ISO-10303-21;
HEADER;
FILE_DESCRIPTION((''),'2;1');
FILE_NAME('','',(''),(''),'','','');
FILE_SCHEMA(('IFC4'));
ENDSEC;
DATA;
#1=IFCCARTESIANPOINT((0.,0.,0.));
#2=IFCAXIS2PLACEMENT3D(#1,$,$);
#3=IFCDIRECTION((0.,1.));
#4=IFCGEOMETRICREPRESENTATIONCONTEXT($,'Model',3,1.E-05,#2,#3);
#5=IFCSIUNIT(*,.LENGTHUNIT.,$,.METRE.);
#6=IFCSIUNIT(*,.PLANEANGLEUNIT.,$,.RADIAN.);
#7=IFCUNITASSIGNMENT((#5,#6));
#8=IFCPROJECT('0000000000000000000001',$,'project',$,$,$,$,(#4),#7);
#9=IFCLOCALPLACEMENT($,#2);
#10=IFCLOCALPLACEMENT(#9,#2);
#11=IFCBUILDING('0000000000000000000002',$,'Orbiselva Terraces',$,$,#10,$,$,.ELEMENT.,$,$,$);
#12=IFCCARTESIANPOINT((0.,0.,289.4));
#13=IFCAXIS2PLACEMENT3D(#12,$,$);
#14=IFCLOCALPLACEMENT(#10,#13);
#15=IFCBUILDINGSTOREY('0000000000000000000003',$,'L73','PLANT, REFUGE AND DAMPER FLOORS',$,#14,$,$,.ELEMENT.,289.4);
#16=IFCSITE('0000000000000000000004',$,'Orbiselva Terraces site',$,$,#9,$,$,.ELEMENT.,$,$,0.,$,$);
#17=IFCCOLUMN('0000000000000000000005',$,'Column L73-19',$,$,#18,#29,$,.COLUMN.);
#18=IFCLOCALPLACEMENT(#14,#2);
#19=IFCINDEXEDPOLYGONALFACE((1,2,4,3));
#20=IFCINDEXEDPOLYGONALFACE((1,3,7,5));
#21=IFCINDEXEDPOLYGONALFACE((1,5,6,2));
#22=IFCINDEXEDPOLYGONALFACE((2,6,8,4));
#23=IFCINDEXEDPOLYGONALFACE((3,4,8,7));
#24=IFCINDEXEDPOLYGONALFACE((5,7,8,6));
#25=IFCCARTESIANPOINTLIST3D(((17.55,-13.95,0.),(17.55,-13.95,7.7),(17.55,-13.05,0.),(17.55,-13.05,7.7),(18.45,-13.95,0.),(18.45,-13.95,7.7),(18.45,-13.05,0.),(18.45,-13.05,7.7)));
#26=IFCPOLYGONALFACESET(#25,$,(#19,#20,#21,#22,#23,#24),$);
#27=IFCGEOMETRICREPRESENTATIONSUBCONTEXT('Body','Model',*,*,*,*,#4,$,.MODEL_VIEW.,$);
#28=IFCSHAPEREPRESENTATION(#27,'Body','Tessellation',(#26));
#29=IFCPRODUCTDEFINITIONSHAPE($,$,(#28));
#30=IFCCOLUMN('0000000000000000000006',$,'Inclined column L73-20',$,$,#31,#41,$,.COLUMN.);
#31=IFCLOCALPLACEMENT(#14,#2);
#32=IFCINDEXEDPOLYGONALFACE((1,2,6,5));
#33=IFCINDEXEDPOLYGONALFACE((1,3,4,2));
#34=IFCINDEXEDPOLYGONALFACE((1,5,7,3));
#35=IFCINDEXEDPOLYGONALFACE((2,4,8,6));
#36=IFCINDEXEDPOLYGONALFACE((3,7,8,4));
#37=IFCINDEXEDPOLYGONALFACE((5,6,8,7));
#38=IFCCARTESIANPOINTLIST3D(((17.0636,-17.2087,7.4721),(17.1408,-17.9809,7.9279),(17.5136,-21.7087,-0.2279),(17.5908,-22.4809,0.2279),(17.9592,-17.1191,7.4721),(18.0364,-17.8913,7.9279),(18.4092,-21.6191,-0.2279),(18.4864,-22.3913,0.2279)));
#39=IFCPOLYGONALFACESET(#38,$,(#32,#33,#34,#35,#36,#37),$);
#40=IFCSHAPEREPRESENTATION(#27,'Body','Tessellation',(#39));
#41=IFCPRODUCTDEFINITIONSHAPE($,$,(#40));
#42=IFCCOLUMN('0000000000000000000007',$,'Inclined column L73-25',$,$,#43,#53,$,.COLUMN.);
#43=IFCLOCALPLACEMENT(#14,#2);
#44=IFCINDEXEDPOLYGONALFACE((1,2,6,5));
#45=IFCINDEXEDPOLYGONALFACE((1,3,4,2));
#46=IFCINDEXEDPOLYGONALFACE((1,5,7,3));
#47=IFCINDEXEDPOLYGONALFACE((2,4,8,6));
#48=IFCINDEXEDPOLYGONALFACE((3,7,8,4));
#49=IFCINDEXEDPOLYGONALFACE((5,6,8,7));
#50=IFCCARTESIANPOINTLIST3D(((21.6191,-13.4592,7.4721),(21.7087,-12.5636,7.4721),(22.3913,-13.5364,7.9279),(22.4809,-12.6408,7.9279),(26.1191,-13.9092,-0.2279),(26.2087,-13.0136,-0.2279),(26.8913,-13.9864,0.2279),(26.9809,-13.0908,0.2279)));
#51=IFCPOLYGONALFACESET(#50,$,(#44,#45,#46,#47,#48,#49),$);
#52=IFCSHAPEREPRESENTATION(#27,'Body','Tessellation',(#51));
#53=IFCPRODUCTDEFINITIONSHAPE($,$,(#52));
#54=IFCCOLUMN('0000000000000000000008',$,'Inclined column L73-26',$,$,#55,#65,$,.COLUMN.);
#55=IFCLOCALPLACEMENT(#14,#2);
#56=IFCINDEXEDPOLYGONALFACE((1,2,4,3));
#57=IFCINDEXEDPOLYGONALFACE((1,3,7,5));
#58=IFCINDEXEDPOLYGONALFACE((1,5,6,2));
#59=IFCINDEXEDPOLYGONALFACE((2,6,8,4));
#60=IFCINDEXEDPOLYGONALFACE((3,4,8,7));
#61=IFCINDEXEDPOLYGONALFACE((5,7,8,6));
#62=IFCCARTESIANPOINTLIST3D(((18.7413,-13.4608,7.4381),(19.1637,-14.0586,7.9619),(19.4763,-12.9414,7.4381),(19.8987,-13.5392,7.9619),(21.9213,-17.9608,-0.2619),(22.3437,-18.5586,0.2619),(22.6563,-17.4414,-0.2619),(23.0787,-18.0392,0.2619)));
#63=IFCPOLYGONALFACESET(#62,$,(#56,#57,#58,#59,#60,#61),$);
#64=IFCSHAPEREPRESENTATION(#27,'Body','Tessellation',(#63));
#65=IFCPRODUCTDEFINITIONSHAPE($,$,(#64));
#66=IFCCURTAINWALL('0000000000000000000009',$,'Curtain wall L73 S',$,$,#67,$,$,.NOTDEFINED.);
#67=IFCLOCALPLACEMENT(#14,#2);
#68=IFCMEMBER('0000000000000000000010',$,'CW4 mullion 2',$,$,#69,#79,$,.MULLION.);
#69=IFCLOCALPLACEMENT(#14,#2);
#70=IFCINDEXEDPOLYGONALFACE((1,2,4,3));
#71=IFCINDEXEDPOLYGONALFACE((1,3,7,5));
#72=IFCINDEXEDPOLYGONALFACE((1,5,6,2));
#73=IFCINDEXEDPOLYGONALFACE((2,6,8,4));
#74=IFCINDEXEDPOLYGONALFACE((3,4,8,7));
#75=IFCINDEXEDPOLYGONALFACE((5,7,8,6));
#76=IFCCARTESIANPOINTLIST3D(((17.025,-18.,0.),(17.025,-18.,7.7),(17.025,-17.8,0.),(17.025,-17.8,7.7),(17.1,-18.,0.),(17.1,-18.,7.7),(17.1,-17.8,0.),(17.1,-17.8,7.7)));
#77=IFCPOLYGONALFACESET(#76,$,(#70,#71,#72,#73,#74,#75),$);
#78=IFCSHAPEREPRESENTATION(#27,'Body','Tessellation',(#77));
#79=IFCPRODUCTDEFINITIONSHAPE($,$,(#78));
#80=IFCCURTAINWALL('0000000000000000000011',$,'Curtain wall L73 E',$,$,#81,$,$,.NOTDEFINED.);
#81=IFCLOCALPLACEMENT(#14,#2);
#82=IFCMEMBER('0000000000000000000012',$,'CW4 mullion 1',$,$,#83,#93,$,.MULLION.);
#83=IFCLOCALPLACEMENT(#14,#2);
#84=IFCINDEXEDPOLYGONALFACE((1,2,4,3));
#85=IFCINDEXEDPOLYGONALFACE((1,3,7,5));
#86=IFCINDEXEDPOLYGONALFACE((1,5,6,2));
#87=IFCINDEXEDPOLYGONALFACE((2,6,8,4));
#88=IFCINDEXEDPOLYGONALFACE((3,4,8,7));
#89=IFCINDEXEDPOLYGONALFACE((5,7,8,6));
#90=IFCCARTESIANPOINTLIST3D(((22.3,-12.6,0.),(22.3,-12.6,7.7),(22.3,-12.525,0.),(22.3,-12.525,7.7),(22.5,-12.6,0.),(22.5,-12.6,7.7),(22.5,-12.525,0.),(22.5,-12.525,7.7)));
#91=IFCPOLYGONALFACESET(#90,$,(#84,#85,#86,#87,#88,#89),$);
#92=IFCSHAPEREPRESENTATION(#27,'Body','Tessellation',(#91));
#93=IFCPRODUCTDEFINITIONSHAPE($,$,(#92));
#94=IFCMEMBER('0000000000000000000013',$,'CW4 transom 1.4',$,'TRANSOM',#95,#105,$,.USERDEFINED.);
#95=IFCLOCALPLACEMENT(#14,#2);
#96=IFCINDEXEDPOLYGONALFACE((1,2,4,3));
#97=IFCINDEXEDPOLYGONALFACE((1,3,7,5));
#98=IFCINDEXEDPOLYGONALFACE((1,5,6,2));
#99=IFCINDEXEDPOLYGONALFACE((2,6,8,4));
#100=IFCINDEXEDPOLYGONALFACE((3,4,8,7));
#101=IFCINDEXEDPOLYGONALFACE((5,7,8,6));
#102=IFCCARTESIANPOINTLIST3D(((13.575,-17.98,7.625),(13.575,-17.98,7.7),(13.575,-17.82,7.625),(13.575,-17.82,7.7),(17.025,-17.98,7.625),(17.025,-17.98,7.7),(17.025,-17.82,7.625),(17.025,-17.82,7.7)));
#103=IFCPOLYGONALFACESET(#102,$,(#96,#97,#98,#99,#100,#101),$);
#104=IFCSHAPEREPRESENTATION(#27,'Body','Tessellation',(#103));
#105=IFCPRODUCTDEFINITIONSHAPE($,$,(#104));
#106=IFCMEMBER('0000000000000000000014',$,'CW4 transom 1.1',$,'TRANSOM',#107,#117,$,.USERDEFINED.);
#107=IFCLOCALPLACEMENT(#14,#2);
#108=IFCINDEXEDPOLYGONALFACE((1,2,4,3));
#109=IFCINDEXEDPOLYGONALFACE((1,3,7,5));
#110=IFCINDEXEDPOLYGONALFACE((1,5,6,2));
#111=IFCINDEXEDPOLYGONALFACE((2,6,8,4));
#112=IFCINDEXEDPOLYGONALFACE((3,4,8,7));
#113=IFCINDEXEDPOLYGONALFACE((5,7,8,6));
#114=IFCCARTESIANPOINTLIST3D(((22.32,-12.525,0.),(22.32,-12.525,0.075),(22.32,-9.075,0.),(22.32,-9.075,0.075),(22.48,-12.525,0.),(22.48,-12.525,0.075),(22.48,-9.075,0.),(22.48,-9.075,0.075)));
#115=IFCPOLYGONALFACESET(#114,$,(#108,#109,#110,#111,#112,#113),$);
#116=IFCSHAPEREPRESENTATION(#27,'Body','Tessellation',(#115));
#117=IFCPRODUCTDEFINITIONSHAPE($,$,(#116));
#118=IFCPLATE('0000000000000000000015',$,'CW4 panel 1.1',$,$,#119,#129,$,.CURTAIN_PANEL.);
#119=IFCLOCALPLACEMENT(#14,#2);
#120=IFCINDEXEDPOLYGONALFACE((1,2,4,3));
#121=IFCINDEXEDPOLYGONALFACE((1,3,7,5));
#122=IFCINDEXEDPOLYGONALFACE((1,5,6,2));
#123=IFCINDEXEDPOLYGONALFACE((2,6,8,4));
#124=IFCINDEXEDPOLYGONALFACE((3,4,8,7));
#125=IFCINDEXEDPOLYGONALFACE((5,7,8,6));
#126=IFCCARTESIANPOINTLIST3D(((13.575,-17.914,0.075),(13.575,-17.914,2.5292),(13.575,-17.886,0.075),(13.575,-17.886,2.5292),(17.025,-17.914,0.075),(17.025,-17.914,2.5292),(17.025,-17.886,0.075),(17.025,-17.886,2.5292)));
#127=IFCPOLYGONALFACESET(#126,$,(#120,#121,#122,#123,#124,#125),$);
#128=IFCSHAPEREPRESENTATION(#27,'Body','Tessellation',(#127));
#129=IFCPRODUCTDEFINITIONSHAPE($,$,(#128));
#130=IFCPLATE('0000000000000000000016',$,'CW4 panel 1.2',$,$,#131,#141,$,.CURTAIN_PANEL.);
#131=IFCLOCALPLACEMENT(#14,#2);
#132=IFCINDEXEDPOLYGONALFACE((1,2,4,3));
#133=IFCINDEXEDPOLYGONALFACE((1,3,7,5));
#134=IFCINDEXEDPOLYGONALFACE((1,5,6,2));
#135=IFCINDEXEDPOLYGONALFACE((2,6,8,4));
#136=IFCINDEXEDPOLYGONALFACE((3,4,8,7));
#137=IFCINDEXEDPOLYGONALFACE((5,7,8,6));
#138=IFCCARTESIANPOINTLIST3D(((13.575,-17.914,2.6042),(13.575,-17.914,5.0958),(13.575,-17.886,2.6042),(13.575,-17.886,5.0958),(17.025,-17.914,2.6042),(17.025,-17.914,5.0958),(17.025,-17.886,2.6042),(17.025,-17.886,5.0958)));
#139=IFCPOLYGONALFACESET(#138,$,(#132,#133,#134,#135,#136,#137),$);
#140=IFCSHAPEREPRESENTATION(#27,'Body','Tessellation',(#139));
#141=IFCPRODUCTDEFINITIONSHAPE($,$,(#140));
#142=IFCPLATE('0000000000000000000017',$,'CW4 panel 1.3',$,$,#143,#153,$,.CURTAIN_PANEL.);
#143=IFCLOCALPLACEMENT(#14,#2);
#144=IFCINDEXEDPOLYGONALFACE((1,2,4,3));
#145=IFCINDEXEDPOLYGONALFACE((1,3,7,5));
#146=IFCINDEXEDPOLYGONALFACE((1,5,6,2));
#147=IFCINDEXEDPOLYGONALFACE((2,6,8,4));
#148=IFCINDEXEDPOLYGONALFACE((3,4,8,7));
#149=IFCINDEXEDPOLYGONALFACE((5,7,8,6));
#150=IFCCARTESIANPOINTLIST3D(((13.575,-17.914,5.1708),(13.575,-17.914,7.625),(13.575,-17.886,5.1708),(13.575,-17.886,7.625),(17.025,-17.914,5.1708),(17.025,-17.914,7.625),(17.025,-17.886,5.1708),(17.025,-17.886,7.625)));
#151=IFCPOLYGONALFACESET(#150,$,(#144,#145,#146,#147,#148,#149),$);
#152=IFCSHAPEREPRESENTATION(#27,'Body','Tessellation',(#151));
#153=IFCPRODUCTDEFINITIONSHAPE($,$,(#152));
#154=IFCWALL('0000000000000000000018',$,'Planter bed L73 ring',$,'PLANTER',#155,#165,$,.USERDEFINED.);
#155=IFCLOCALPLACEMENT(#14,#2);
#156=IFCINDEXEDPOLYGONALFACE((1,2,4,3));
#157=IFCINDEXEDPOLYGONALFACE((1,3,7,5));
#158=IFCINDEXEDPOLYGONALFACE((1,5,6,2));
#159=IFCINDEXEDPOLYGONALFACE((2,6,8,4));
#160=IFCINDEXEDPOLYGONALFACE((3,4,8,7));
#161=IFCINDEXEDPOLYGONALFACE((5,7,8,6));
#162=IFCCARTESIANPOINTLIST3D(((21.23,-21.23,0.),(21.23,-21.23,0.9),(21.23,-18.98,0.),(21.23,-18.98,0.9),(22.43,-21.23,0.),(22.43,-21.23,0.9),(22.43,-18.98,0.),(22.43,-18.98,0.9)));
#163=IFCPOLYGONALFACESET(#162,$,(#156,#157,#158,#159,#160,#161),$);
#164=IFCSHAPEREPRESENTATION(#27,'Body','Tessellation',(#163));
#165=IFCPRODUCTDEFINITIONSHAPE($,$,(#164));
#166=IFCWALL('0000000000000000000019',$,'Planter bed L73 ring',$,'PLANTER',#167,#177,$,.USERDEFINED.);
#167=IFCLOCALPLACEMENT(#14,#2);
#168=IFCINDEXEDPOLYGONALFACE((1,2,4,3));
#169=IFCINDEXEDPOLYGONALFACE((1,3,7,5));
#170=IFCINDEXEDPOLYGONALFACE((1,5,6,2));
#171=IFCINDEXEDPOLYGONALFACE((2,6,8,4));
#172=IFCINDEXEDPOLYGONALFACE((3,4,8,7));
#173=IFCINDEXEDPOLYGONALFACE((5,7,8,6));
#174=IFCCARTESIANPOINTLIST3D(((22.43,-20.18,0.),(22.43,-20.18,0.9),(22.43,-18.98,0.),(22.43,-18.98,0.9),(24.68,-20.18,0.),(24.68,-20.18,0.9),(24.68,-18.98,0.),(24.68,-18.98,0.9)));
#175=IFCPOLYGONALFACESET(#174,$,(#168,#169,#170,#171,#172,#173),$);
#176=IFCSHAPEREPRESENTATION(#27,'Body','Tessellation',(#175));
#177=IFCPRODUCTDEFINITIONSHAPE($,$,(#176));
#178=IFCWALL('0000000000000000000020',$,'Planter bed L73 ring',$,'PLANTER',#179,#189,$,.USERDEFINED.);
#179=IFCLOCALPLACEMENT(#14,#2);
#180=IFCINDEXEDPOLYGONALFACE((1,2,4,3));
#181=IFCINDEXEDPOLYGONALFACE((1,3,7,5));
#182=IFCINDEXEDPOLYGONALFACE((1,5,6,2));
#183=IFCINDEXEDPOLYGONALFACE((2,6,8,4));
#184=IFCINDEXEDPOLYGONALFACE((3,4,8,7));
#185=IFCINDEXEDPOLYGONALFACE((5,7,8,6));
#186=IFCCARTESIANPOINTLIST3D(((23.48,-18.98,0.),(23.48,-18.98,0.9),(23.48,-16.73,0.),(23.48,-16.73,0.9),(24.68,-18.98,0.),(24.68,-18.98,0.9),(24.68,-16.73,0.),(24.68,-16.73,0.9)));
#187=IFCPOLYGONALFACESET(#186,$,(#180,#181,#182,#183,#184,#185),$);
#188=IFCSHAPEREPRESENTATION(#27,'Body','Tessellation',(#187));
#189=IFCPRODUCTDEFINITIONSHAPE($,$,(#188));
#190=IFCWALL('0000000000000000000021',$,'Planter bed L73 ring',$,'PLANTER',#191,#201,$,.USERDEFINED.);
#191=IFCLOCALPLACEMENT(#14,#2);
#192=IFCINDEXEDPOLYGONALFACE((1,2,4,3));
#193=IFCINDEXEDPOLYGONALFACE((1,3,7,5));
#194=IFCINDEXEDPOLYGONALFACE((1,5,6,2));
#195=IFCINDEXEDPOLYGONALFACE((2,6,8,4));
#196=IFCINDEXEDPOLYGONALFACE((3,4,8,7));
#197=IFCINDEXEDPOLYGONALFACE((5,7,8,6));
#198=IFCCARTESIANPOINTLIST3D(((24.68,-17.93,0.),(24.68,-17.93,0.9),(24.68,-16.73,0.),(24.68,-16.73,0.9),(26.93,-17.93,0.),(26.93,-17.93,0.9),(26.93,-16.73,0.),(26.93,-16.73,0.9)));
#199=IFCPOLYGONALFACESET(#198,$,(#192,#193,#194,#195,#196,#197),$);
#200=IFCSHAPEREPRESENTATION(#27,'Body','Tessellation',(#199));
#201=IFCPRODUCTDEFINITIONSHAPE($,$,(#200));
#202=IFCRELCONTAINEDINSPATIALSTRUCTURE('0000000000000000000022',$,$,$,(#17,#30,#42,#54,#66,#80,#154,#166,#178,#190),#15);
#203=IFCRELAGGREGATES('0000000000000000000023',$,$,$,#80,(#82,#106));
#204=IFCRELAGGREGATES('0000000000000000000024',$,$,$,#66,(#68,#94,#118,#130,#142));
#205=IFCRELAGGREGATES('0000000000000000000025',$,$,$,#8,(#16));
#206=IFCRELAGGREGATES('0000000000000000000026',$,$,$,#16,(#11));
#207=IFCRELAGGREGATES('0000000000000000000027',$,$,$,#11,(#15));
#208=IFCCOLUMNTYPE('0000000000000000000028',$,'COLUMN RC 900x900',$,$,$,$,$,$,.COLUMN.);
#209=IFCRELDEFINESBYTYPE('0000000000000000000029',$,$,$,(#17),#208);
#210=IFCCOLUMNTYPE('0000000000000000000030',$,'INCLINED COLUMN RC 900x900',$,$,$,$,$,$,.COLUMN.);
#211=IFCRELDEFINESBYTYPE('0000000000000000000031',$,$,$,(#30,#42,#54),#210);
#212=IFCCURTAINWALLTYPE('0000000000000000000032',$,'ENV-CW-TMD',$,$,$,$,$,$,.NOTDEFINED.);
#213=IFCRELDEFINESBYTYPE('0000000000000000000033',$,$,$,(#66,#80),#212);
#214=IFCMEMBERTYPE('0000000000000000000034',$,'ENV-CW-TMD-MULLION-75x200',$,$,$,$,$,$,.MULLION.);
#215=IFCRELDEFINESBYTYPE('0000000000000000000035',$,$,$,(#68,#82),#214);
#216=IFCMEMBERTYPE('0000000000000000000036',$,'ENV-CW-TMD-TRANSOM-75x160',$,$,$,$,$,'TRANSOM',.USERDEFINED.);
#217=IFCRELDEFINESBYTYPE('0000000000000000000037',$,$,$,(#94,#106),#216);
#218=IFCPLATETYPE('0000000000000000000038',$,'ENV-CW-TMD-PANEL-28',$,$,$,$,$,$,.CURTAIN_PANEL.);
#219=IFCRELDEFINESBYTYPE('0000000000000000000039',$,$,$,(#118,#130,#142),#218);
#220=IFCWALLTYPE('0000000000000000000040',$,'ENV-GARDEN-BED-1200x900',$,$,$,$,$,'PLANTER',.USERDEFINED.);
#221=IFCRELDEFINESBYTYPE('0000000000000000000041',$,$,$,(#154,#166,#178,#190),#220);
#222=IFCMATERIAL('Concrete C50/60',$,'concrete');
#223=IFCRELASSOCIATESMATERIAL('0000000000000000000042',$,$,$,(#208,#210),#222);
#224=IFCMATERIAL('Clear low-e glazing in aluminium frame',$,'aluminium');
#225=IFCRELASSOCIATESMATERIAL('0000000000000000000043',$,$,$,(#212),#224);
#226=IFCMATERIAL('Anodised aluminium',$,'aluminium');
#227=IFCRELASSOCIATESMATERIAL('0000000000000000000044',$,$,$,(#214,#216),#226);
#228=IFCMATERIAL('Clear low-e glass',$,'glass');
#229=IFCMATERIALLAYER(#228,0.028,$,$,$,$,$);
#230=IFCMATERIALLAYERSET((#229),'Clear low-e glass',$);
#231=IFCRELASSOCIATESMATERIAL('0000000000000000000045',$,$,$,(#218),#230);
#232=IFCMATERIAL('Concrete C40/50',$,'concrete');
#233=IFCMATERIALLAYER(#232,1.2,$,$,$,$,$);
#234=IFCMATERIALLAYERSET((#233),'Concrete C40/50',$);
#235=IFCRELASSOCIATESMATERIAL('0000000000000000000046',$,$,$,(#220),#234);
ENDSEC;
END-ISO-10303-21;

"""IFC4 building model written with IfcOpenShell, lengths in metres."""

from ifc_helpers import new_model, si_unit, direction, frame, frame_2d, origin, origin_2d, place, context, subcontext, project, spatial, rectangle, extrude, material, layer, layer_set, material_profile, profile_set, type_object, element, aggregate, save


model = new_model("IFC4")

# Units and contexts
model_context = context("Model", 3, precision=1e-05, world=origin(), true_north=direction((0.0, 1.0)))
body_context = subcontext(model_context, "Body", "Model", "MODEL_VIEW")
ifc_project = project(units=[si_unit("LENGTHUNIT", "METRE"), si_unit("PLANEANGLEUNIT", "RADIAN")], contexts=[model_context])

# Site, building, storey
site_placement = place(None, origin())
site = spatial("IfcSite", under=ifc_project, at=site_placement, Name="Orbiselva Terraces site", CompositionType="ELEMENT", RefElevation=0.0)
building_placement = place(site_placement, origin())
building = spatial("IfcBuilding", under=site, at=building_placement, Name="Orbiselva Terraces", CompositionType="ELEMENT")
storey_placement = place(building_placement, frame((0.0, 0.0, 289.4)))
storey = spatial("IfcBuildingStorey", under=building, at=storey_placement, Name="L73", Description="PLANT, REFUGE AND DAMPER FLOORS", CompositionType="ELEMENT", Elevation=289.4)

# Columns
ifc_material_1 = material(Name="Concrete C50/60", Category="concrete")
ifc_material_profile_1 = material_profile(ifc_material_1, rectangle(XDim=0.9, YDim=0.9, at=origin_2d()), Name="RC 900x900")
ifc_profile_set_1 = profile_set([ifc_material_profile_1], Name="Concrete C50/60")
column_type_1 = type_object("IfcColumnType", Name="COLUMN RC 900x900", PredefinedType="COLUMN", material=ifc_profile_set_1)
column_1_placement = place(storey_placement, frame((18.0, -13.5, 0.0), z_axis=(0.0, 0.0, 1.0), x_axis=(1.0, 0.0, 0.0)))
element("IfcColumn", 1, at=column_1_placement, inside=storey, type_object=column_type_1, Name="Column L73-19", PredefinedType="COLUMN", context=body_context, shape_type="SweptSolid", body=[
    extrude(rectangle(XDim=0.9, YDim=0.9, at=origin_2d()), origin(), (0.0, 0.0, 1.0), 7.7),
])
ifc_material_profile_2 = material_profile(ifc_material_1, rectangle(XDim=0.9, YDim=0.9, at=origin_2d()), Name="RC 900x900")
ifc_profile_set_2 = profile_set([ifc_material_profile_2], Name="Concrete C50/60")
column_type_2 = type_object("IfcColumnType", Name="INCLINED COLUMN RC 900x900", PredefinedType="COLUMN", material=ifc_profile_set_2)
for number, where, z_axis, x_axis, name in (
    (2, (18.0, -22.05, 0.0), (-0.050393, 0.503927, 0.862275), (-0.995037, -0.099504, 0.0), "Inclined column L73-20"),
    (3, (26.55, -13.5, 0.0), (-0.503927, 0.050393, 0.862275), (-0.099504, -0.995037, 0.0), "Inclined column L73-25"),
):
    element("IfcColumn", number, at=place(storey_placement, frame(where, z_axis=z_axis, x_axis=x_axis)), inside=storey, type_object=column_type_2, Name=name, PredefinedType="COLUMN", context=body_context, shape_type="SweptSolid", body=[
        extrude(rectangle(XDim=0.9, YDim=0.9, at=origin_2d()), origin(), (0.0, 0.0, 1.0), 8.9299),
    ])
column_2_placement = place(storey_placement, frame((22.5, -18.0, 0.0), z_axis=(-0.335851, 0.47526, 0.813223), x_axis=(-0.816666, -0.577111, 0.0)))
element("IfcColumn", 4, at=column_2_placement, inside=storey, type_object=column_type_2, Name="Inclined column L73-26", PredefinedType="COLUMN", context=body_context, shape_type="SweptSolid", body=[
    extrude(rectangle(XDim=0.9, YDim=0.9, at=origin_2d()), origin(), (0.0, 0.0, 1.0), 9.4685),
])

# Curtain walls, members
ifc_material_2 = material(Name="Clear low-e glazing in aluminium frame", Category="aluminium")
curtain_wall_type = type_object("IfcCurtainWallType", Name="ENV-CW-TMD", PredefinedType="NOTDEFINED", material=ifc_material_2)
curtain_wall_1_placement = place(storey_placement, origin())
curtain_wall_1 = element("IfcCurtainWall", 5, at=curtain_wall_1_placement, inside=storey, type_object=curtain_wall_type, Name="Curtain wall L73 S", PredefinedType="NOTDEFINED")
ifc_material_3 = material(Name="Anodised aluminium", Category="aluminium")
ifc_material_profile_3 = material_profile(ifc_material_3, rectangle(XDim=0.2, YDim=0.075, at=origin_2d()), Name="AL 75x200")
ifc_profile_set_3 = profile_set([ifc_material_profile_3], Name="Anodised aluminium")
member_type_1 = type_object("IfcMemberType", Name="ENV-CW-TMD-MULLION-75x200", PredefinedType="MULLION", material=ifc_profile_set_3)
member_1_placement = place(storey_placement, frame((17.0625, -17.9, 0.0), z_axis=(0.0, 0.0, 1.0), x_axis=(0.0, 1.0, 0.0)))
member_1 = element("IfcMember", 6, at=member_1_placement, type_object=member_type_1, Name="CW4 mullion 2", PredefinedType="MULLION", context=body_context, shape_type="SweptSolid", body=[
    extrude(rectangle(XDim=0.2, YDim=0.075, at=origin_2d()), origin(), (0.0, 0.0, 1.0), 7.7),
])
curtain_wall_2_placement = place(storey_placement, origin())
curtain_wall_2 = element("IfcCurtainWall", 7, at=curtain_wall_2_placement, inside=storey, type_object=curtain_wall_type, Name="Curtain wall L73 E", PredefinedType="NOTDEFINED")
member_2_placement = place(storey_placement, frame((22.4, -12.5625, 0.0), z_axis=(0.0, 0.0, 1.0), x_axis=(-1.0, 0.0, 0.0)))
member_2 = element("IfcMember", 8, at=member_2_placement, type_object=member_type_1, Name="CW4 mullion 1", PredefinedType="MULLION", context=body_context, shape_type="SweptSolid", body=[
    extrude(rectangle(XDim=0.2, YDim=0.075, at=origin_2d()), origin(), (0.0, 0.0, 1.0), 7.7),
])

# Members
ifc_material_profile_4 = material_profile(ifc_material_3, rectangle(XDim=0.16, YDim=0.075, at=origin_2d()), Name="AL 75x160")
ifc_profile_set_4 = profile_set([ifc_material_profile_4], Name="Anodised aluminium")
member_type_2 = type_object("IfcMemberType", Name="ENV-CW-TMD-TRANSOM-75x160", ElementType="TRANSOM", PredefinedType="USERDEFINED", material=ifc_profile_set_4)
member_3_placement = place(storey_placement, frame((13.575, -17.9, 7.6625), z_axis=(1.0, 0.0, 0.0), x_axis=(0.0, 1.0, 0.0)))
member_3 = element("IfcMember", 9, at=member_3_placement, type_object=member_type_2, Name="CW4 transom 1.4", ObjectType="TRANSOM", PredefinedType="USERDEFINED", context=body_context, shape_type="SweptSolid", body=[
    extrude(rectangle(XDim=0.16, YDim=0.075, at=origin_2d()), origin(), (0.0, 0.0, 1.0), 3.45),
])
member_4_placement = place(storey_placement, frame((22.4, -12.525, 0.0375), z_axis=(0.0, 1.0, 0.0), x_axis=(-1.0, 0.0, 0.0)))
member_4 = element("IfcMember", 10, at=member_4_placement, type_object=member_type_2, Name="CW4 transom 1.1", ObjectType="TRANSOM", PredefinedType="USERDEFINED", context=body_context, shape_type="SweptSolid", body=[
    extrude(rectangle(XDim=0.16, YDim=0.075, at=origin_2d()), origin(), (0.0, 0.0, 1.0), 3.45),
])
aggregate(curtain_wall_2, [member_2, member_4])

# Plates
ifc_material_4 = material(Name="Clear low-e glass", Category="glass")
ifc_layer_1 = layer(ifc_material_4, 0.028)
ifc_layer_set_1 = layer_set([ifc_layer_1], Name="Clear low-e glass")
plate_type = type_object("IfcPlateType", Name="ENV-CW-TMD-PANEL-28", PredefinedType="CURTAIN_PANEL", material=ifc_layer_set_1)
plate_1_placement = place(storey_placement, frame((15.3, -17.9, 0.075), z_axis=(0.0, 0.0, 1.0), x_axis=(1.0, 0.0, 0.0)))
plate_1 = element("IfcPlate", 11, at=plate_1_placement, type_object=plate_type, Name="CW4 panel 1.1", PredefinedType="CURTAIN_PANEL", context=body_context, shape_type="SweptSolid", body=[
    extrude(rectangle(XDim=3.45, YDim=0.028, at=origin_2d()), origin(), (0.0, 0.0, 1.0), 2.4542),
])
plate_2_placement = place(storey_placement, frame((15.3, -17.9, 2.6042), z_axis=(0.0, 0.0, 1.0), x_axis=(1.0, 0.0, 0.0)))
plate_2 = element("IfcPlate", 12, at=plate_2_placement, type_object=plate_type, Name="CW4 panel 1.2", PredefinedType="CURTAIN_PANEL", context=body_context, shape_type="SweptSolid", body=[
    extrude(rectangle(XDim=3.45, YDim=0.028, at=origin_2d()), origin(), (0.0, 0.0, 1.0), 2.4917),
])
plate_3_placement = place(storey_placement, frame((15.3, -17.9, 5.1708), z_axis=(0.0, 0.0, 1.0), x_axis=(1.0, 0.0, 0.0)))
plate_3 = element("IfcPlate", 13, at=plate_3_placement, type_object=plate_type, Name="CW4 panel 1.3", PredefinedType="CURTAIN_PANEL", context=body_context, shape_type="SweptSolid", body=[
    extrude(rectangle(XDim=3.45, YDim=0.028, at=origin_2d()), origin(), (0.0, 0.0, 1.0), 2.4542),
])
aggregate(curtain_wall_1, [member_1, member_3, plate_1, plate_2, plate_3])

# Walls
ifc_material_5 = material(Name="Concrete C40/50", Category="concrete")
ifc_layer_2 = layer(ifc_material_5, 1.2)
ifc_layer_set_2 = layer_set([ifc_layer_2], Name="Concrete C40/50")
wall_type_1 = type_object("IfcWallType", Name="ENV-GARDEN-BED-1200x900", ElementType="PLANTER", PredefinedType="USERDEFINED", material=ifc_layer_set_2)
for number, where, z_axis, x_axis, name in (
    (14, (21.83, -21.23, 0.0), (0.0, 0.0, 1.0), (0.0, 1.0, 0.0), "Planter bed L73 ring"),
    (15, (22.43, -19.58, 0.0), (0.0, 0.0, 1.0), (1.0, 0.0, 0.0), "Planter bed L73 ring"),
    (16, (24.08, -18.98, 0.0), (0.0, 0.0, 1.0), (0.0, 1.0, 0.0), "Planter bed L73 ring"),
    (17, (24.68, -17.33, 0.0), (0.0, 0.0, 1.0), (1.0, 0.0, 0.0), "Planter bed L73 ring"),
):
    element("IfcWall", number, at=place(storey_placement, frame(where, z_axis=z_axis, x_axis=x_axis)), inside=storey, type_object=wall_type_1, Name=name, ObjectType="PLANTER", PredefinedType="USERDEFINED", context=body_context, shape_type="SweptSolid", body=[
        extrude(rectangle(XDim=2.25, YDim=1.2, at=frame_2d((1.125, 0.0))), origin(), (0.0, 0.0, 1.0), 0.9),
    ])

save(model, "model.ifc")
